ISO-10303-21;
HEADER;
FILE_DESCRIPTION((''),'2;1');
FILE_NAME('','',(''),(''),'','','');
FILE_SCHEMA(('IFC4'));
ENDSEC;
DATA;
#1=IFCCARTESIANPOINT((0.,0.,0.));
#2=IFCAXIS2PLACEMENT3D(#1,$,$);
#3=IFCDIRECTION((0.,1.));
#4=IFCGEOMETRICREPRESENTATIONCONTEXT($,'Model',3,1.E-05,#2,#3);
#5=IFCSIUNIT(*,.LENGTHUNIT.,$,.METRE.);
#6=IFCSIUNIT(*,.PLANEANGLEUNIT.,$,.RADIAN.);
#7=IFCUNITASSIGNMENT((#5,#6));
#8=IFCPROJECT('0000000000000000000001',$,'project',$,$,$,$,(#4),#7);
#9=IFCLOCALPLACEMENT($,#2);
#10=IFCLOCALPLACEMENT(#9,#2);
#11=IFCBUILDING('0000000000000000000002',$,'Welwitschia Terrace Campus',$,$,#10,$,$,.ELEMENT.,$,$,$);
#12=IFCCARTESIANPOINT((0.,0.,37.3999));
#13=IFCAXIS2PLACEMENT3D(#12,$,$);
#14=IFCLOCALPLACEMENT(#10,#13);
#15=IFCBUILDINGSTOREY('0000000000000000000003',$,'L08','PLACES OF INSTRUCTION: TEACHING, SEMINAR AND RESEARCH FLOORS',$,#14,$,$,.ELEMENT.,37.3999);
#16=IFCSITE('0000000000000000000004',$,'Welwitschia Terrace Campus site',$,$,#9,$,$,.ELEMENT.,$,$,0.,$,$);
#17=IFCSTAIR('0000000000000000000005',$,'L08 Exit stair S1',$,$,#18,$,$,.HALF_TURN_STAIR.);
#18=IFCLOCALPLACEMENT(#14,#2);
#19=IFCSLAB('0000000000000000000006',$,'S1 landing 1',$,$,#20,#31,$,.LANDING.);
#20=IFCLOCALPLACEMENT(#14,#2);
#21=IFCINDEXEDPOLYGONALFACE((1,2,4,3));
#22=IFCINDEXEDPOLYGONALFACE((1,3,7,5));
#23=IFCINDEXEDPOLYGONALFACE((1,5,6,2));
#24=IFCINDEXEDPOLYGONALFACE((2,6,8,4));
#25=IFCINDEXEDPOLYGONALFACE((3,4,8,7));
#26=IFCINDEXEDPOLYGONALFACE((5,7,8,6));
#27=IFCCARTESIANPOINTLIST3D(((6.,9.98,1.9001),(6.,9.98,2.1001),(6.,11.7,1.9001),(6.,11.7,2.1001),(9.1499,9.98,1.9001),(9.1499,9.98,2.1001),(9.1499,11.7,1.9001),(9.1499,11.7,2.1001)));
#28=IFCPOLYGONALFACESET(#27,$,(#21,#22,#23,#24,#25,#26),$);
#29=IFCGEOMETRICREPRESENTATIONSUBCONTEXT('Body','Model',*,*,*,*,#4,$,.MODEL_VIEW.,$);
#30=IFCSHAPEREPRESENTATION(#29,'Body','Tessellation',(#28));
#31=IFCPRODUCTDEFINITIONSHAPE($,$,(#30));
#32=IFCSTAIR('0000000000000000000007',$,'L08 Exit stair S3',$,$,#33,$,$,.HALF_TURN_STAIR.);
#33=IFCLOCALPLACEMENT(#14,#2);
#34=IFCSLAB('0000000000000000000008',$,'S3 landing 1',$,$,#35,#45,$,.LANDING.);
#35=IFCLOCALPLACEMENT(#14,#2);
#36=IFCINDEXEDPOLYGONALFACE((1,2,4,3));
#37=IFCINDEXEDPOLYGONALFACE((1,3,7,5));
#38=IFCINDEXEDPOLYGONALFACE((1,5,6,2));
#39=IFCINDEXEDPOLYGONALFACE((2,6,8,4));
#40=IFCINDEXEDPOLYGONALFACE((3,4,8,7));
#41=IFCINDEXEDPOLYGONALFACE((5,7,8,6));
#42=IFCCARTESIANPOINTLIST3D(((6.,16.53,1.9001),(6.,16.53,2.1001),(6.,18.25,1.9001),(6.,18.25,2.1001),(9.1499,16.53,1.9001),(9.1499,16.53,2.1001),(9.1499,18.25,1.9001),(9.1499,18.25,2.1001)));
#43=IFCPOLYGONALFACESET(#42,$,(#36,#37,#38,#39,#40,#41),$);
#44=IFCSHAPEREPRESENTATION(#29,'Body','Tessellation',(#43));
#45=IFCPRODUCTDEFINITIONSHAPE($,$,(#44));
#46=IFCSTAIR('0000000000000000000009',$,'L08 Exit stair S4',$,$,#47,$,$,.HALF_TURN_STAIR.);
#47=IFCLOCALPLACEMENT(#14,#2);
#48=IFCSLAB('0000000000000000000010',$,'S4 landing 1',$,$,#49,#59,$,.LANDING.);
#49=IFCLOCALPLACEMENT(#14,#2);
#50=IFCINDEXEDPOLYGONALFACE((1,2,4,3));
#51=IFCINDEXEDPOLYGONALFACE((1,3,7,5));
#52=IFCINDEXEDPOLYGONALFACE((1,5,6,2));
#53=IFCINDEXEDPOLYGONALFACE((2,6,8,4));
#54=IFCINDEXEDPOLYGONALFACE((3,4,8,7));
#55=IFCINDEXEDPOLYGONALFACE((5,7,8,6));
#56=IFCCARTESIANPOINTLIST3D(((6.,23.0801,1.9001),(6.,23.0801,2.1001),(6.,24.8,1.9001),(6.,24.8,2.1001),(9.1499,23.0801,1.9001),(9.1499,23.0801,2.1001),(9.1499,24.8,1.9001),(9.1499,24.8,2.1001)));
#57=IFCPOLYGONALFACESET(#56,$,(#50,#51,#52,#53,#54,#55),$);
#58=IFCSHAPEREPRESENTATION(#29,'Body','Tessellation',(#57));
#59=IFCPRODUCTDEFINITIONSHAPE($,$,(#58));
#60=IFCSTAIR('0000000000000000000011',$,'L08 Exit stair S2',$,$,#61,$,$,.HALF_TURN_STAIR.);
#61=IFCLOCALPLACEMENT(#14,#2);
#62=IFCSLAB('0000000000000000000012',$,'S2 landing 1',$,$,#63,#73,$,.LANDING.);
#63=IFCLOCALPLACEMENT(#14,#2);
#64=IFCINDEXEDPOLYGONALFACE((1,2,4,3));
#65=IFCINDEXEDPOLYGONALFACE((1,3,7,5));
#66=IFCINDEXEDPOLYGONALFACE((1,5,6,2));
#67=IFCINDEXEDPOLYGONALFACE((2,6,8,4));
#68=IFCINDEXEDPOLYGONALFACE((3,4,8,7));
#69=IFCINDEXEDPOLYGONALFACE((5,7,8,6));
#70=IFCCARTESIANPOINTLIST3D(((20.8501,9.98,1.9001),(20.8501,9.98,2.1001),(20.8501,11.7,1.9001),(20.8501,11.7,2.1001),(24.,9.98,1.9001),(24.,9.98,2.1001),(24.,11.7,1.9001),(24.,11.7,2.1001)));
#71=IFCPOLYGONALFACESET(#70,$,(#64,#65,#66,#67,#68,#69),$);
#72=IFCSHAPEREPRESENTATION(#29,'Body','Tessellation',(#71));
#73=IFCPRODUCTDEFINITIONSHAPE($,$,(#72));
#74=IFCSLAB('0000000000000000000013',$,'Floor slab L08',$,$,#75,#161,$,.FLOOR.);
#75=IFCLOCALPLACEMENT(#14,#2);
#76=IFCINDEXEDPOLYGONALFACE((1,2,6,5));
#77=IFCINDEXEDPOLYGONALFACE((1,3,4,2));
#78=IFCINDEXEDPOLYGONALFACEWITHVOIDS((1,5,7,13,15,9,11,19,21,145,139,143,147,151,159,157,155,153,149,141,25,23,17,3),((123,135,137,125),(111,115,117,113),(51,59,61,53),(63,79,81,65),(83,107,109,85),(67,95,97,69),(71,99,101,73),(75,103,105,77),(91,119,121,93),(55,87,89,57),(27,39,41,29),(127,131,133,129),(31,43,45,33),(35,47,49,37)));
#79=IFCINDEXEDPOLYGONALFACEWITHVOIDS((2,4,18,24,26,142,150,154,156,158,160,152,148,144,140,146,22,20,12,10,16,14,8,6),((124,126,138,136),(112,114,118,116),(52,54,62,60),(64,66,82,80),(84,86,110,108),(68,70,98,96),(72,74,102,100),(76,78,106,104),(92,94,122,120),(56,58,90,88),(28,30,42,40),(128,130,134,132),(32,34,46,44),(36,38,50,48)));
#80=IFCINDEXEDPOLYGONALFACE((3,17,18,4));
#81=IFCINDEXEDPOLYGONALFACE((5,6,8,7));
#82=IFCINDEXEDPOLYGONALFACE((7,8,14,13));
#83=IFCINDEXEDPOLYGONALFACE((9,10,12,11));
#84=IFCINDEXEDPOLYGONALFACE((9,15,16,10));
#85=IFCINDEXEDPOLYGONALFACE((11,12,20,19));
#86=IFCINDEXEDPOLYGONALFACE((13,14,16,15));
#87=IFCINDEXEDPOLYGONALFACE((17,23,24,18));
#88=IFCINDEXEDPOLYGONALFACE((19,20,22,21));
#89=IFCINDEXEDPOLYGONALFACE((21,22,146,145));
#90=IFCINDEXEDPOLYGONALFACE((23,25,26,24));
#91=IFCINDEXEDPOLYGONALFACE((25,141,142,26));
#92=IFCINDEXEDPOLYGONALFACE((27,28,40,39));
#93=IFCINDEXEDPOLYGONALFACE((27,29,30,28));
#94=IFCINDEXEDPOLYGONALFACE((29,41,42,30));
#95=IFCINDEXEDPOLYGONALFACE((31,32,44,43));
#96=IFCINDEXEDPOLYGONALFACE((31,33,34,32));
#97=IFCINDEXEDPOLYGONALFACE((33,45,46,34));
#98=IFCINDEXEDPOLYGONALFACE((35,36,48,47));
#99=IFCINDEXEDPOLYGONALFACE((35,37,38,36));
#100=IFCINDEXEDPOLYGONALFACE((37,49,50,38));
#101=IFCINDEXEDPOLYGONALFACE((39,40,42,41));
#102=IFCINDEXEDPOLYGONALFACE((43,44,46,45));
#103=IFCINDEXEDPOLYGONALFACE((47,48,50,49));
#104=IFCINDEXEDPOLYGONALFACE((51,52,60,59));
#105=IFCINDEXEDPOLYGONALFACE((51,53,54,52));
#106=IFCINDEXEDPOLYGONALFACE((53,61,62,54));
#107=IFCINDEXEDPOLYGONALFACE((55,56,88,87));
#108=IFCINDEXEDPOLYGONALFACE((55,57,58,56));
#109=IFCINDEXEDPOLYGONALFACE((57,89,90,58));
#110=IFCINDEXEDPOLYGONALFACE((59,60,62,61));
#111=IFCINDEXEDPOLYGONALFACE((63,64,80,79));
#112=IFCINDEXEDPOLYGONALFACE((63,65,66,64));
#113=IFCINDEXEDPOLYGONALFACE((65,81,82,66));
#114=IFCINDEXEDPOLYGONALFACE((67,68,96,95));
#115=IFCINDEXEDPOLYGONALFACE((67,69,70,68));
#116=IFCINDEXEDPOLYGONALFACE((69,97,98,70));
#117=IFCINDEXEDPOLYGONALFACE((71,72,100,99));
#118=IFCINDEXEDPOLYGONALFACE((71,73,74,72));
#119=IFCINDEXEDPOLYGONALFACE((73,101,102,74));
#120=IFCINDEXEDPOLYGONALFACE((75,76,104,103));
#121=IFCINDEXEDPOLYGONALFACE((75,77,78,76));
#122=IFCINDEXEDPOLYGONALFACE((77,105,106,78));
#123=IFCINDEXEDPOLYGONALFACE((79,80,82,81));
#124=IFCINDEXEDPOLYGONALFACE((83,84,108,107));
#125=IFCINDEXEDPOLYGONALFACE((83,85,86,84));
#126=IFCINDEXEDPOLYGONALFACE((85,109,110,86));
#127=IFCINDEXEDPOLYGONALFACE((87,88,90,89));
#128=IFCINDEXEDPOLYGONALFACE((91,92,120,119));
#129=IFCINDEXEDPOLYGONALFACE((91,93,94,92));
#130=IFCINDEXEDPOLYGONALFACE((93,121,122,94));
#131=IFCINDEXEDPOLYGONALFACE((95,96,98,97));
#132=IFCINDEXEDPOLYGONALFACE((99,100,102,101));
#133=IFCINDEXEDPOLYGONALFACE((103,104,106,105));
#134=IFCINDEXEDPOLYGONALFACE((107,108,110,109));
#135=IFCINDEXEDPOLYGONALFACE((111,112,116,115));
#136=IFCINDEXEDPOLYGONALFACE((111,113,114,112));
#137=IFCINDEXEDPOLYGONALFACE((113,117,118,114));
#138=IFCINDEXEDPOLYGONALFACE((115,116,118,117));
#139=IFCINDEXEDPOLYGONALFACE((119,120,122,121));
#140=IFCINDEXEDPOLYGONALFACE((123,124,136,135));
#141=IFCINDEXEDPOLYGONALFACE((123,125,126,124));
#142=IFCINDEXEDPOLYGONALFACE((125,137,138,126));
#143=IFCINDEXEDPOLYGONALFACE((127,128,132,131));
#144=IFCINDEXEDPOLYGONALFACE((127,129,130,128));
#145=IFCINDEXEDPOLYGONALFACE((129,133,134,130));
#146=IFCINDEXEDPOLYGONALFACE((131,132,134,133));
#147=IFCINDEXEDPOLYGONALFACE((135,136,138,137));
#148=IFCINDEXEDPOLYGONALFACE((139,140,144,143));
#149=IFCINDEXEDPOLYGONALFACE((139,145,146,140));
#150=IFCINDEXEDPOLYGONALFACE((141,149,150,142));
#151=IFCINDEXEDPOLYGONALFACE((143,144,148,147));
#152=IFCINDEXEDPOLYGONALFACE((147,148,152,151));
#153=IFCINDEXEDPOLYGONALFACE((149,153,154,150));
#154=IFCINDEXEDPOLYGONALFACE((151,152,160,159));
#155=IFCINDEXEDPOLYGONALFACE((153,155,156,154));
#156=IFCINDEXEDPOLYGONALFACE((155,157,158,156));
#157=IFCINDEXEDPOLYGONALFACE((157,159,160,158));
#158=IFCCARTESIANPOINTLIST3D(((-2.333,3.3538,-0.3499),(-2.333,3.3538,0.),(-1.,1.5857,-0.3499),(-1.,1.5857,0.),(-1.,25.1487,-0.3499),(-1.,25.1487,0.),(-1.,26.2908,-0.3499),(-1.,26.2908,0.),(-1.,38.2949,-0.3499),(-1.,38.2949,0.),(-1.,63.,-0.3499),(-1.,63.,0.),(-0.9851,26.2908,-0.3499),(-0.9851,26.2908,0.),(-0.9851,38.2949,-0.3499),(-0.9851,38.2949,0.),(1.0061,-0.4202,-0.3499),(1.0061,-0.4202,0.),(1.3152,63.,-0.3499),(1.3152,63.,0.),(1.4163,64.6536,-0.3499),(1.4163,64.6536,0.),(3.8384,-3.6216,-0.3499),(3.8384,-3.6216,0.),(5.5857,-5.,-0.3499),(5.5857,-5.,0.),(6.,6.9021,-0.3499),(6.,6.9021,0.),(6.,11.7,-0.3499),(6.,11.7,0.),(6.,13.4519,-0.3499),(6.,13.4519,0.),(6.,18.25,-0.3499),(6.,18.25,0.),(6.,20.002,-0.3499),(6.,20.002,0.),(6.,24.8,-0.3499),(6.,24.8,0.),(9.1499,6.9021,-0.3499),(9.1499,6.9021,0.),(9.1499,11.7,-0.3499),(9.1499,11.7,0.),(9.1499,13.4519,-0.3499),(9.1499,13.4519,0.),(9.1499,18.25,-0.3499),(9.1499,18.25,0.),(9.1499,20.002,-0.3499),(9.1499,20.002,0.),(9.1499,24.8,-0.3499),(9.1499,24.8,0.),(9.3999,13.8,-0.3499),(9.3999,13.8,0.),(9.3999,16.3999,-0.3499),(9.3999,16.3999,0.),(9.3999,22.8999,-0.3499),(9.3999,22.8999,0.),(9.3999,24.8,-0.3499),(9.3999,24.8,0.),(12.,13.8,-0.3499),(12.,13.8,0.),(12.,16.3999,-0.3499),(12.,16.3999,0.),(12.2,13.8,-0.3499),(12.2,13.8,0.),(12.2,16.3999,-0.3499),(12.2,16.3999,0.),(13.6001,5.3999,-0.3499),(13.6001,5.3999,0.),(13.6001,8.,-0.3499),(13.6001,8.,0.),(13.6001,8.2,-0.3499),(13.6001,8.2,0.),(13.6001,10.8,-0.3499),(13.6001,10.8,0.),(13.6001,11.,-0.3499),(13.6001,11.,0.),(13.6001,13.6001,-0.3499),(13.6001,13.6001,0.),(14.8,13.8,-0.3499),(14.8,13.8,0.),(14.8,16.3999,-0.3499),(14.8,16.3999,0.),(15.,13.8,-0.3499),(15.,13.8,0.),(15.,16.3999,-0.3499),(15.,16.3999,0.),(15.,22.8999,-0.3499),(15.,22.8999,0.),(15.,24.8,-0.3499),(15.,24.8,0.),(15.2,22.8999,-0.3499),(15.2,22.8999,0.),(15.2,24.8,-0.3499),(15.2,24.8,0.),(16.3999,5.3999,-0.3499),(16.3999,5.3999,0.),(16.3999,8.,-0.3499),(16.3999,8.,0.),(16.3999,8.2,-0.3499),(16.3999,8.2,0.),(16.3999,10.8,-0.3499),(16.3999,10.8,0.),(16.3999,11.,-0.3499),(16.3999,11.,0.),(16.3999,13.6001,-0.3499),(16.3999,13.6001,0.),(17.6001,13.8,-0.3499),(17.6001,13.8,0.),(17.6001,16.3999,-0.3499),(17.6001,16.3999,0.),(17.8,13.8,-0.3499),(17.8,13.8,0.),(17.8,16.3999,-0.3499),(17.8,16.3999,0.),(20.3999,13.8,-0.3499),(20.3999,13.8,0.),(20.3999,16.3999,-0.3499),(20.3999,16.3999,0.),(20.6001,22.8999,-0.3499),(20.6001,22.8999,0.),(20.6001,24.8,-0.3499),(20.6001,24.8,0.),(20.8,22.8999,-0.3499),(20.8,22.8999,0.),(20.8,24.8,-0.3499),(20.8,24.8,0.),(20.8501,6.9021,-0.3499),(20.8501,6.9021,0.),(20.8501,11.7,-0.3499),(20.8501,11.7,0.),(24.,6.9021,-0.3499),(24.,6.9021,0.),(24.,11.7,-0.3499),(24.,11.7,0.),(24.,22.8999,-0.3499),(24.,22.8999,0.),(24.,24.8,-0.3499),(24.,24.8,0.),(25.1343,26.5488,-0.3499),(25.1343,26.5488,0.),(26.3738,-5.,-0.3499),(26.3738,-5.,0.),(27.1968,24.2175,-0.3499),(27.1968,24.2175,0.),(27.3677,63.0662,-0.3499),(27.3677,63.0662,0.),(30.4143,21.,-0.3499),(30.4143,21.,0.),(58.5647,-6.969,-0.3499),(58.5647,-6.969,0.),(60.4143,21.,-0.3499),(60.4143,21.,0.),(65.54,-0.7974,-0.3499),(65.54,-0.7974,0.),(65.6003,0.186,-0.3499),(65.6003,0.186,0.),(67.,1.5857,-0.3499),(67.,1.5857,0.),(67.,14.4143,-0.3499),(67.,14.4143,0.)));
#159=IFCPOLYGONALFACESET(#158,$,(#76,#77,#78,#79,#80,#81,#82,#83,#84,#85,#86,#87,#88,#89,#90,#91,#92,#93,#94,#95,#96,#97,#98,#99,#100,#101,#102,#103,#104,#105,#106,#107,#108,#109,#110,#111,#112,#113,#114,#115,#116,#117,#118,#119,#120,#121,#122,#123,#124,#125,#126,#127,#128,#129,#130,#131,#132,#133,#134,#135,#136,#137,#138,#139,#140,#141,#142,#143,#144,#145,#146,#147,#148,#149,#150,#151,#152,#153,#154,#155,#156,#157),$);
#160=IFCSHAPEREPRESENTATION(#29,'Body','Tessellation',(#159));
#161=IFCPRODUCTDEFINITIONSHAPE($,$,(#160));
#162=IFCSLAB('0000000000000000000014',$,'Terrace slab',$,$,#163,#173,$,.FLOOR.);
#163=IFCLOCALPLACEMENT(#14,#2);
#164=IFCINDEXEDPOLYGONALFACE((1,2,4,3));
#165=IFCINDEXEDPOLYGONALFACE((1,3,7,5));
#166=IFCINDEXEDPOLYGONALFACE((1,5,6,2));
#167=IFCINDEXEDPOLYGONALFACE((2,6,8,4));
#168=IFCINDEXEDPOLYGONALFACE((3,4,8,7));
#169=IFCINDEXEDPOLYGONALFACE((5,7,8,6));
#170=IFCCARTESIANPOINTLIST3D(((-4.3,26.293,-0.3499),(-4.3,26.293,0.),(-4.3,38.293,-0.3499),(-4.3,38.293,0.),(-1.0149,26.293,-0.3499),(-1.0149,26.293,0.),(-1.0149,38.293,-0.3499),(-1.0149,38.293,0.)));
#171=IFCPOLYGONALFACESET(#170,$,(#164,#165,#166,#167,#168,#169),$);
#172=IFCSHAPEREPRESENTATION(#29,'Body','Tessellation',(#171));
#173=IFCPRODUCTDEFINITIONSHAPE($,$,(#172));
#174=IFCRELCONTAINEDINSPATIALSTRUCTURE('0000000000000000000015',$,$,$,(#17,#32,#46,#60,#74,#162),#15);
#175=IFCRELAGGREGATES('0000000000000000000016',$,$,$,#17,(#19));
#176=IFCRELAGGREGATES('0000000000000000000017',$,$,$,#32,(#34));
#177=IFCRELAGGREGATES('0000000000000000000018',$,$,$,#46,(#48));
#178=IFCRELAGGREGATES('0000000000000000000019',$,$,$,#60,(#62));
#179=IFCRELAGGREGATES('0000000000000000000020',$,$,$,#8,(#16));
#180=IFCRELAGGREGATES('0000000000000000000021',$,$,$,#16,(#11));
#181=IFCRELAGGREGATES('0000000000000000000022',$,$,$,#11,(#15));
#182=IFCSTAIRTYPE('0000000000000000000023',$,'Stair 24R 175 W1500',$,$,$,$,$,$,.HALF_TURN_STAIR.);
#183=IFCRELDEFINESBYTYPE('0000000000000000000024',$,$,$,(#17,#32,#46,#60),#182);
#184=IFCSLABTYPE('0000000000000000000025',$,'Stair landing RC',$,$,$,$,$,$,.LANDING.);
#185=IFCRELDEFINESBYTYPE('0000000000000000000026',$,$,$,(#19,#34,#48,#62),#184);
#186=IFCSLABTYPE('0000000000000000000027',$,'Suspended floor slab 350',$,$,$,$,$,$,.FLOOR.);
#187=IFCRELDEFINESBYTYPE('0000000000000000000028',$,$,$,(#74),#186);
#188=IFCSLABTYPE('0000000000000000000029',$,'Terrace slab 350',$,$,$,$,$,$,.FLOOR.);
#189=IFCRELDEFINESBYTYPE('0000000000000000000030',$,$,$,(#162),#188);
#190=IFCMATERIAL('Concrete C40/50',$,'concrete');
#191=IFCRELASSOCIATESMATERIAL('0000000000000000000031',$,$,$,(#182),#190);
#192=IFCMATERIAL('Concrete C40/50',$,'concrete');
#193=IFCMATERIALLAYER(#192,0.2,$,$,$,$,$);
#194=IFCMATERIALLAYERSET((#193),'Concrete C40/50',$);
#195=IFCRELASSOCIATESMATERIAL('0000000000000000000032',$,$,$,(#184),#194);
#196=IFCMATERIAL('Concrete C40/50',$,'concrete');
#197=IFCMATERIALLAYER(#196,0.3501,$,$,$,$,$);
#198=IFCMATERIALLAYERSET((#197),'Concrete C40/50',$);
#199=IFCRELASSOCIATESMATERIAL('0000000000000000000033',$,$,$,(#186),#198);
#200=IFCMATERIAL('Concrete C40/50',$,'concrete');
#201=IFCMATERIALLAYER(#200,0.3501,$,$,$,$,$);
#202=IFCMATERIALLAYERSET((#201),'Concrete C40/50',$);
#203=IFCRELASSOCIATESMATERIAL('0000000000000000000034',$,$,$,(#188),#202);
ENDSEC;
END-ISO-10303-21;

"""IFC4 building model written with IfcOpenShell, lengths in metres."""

from ifc_helpers import new_model, si_unit, direction, frame, origin, place, context, subcontext, project, spatial, polyline, outline, extrude, material, layer, layer_set, type_object, element, aggregate, save


model = new_model("IFC4")

# Units and contexts
model_context = context("Model", 3, precision=1e-05, world=origin(), true_north=direction((0.0, 1.0)))
body_context = subcontext(model_context, "Body", "Model", "MODEL_VIEW")
ifc_project = project(units=[si_unit("LENGTHUNIT", "METRE"), si_unit("PLANEANGLEUNIT", "RADIAN")], contexts=[model_context])

# Site, building, storey
site_placement = place(None, origin())
site = spatial("IfcSite", under=ifc_project, at=site_placement, Name="Welwitschia Terrace Campus site", CompositionType="ELEMENT", RefElevation=0.0)
building_placement = place(site_placement, origin())
building = spatial("IfcBuilding", under=site, at=building_placement, Name="Welwitschia Terrace Campus", CompositionType="ELEMENT")
storey_placement = place(building_placement, frame((0.0, 0.0, 37.3999)))
storey = spatial("IfcBuildingStorey", under=building, at=storey_placement, Name="L08", Description="PLACES OF INSTRUCTION: TEACHING, SEMINAR AND RESEARCH FLOORS", CompositionType="ELEMENT", Elevation=37.3999)

# Stairs, slabs
ifc_material_1 = material(Name="Concrete C40/50", Category="concrete")
stair_type = type_object("IfcStairType", Name="Stair 24R 175 W1500", PredefinedType="HALF_TURN_STAIR", material=ifc_material_1)
stair_1_placement = place(storey_placement, origin())
stair_1 = element("IfcStair", 1, at=stair_1_placement, inside=storey, type_object=stair_type, Name="L08 Exit stair S1", PredefinedType="HALF_TURN_STAIR")
ifc_material_2 = material(Name="Concrete C40/50", Category="concrete")
ifc_layer_1 = layer(ifc_material_2, 0.2)
ifc_layer_set_1 = layer_set([ifc_layer_1], Name="Concrete C40/50")
slab_type_1 = type_object("IfcSlabType", Name="Stair landing RC", PredefinedType="LANDING", material=ifc_layer_set_1)
slab_1_placement = place(storey_placement, frame((0.0, 0.0, 1.9001)))
slab_1 = element("IfcSlab", 2, at=slab_1_placement, type_object=slab_type_1, Name="S1 landing 1", PredefinedType="LANDING", context=body_context, shape_type="SweptSolid", body=[
    extrude(outline(polyline([(9.1499, 9.98), (9.1499, 11.7), (6.0, 11.7), (6.0, 9.98), (9.1499, 9.98)])), origin(), (0.0, 0.0, 1.0), 0.2),
])
aggregate(stair_1, [slab_1])
stair_2_placement = place(storey_placement, origin())
stair_2 = element("IfcStair", 3, at=stair_2_placement, inside=storey, type_object=stair_type, Name="L08 Exit stair S3", PredefinedType="HALF_TURN_STAIR")
slab_2_placement = place(storey_placement, frame((0.0, 0.0, 1.9001)))
slab_2 = element("IfcSlab", 4, at=slab_2_placement, type_object=slab_type_1, Name="S3 landing 1", PredefinedType="LANDING", context=body_context, shape_type="SweptSolid", body=[
    extrude(outline(polyline([(9.1499, 16.53), (9.1499, 18.25), (6.0, 18.25), (6.0, 16.53), (9.1499, 16.53)])), origin(), (0.0, 0.0, 1.0), 0.2),
])
aggregate(stair_2, [slab_2])
stair_3_placement = place(storey_placement, origin())
stair_3 = element("IfcStair", 5, at=stair_3_placement, inside=storey, type_object=stair_type, Name="L08 Exit stair S4", PredefinedType="HALF_TURN_STAIR")
slab_3_placement = place(storey_placement, frame((0.0, 0.0, 1.9001)))
slab_3 = element("IfcSlab", 6, at=slab_3_placement, type_object=slab_type_1, Name="S4 landing 1", PredefinedType="LANDING", context=body_context, shape_type="SweptSolid", body=[
    extrude(outline(polyline([(9.1499, 23.0801), (9.1499, 24.8), (6.0, 24.8), (6.0, 23.0801), (9.1499, 23.0801)])), origin(), (0.0, 0.0, 1.0), 0.2),
])
aggregate(stair_3, [slab_3])
stair_4_placement = place(storey_placement, origin())
stair_4 = element("IfcStair", 7, at=stair_4_placement, inside=storey, type_object=stair_type, Name="L08 Exit stair S2", PredefinedType="HALF_TURN_STAIR")
slab_4_placement = place(storey_placement, frame((0.0, 0.0, 1.9001)))
slab_4 = element("IfcSlab", 8, at=slab_4_placement, type_object=slab_type_1, Name="S2 landing 1", PredefinedType="LANDING", context=body_context, shape_type="SweptSolid", body=[
    extrude(outline(polyline([(24.0, 9.98), (24.0, 11.7), (20.8501, 11.7), (20.8501, 9.98), (24.0, 9.98)])), origin(), (0.0, 0.0, 1.0), 0.2),
])
aggregate(stair_4, [slab_4])

# Slabs
ifc_material_3 = material(Name="Concrete C40/50", Category="concrete")
ifc_layer_2 = layer(ifc_material_3, 0.3501)
ifc_layer_set_2 = layer_set([ifc_layer_2], Name="Concrete C40/50")
slab_type_2 = type_object("IfcSlabType", Name="Suspended floor slab 350", PredefinedType="FLOOR", material=ifc_layer_set_2)
slab_5_placement = place(storey_placement, frame((0.0, 0.0, -0.3499)))
element("IfcSlab", 9, at=slab_5_placement, inside=storey, type_object=slab_type_2, Name="Floor slab L08", PredefinedType="FLOOR", context=body_context, shape_type="SweptSolid", body=[
    extrude(outline(polyline([(1.3152, 63.0), (1.4163, 64.6536), (27.3677, 63.0662), (25.1343, 26.5488), (27.1968, 24.2175), (30.4143, 21.0), (60.4143, 21.0), (67.0, 14.4143), (67.0, 1.5857), (65.6003, 0.186), (65.54, -0.7974), (58.5647, -6.969), (26.3738, -5.0), (5.5857, -5.0), (3.8384, -3.6216), (1.0061, -0.4202), (-1.0, 1.5857), (-2.333, 3.3538), (-1.0, 25.1487), (-1.0, 26.2908), (-0.9851, 26.2908), (-0.9851, 38.2949), (-1.0, 38.2949), (-1.0, 63.0), (1.3152, 63.0)]), holes=[polyline([(13.6001, 5.3999), (16.3999, 5.3999), (16.3999, 8.0), (13.6001, 8.0), (13.6001, 5.3999)]), polyline([(6.0, 11.7), (6.0, 6.9021), (9.1499, 6.9021), (9.1499, 11.7), (6.0, 11.7)]), polyline([(9.3999, 16.3999), (9.3999, 13.8), (12.0, 13.8), (12.0, 16.3999), (9.3999, 16.3999)]), polyline([(12.2, 16.3999), (12.2, 13.8), (14.8, 13.8), (14.8, 16.3999), (12.2, 16.3999)]), polyline([(6.0, 18.25), (6.0, 13.4519), (9.1499, 13.4519), (9.1499, 18.25), (6.0, 18.25)]), polyline([(6.0, 24.8), (6.0, 20.002), (9.1499, 20.002), (9.1499, 24.8), (6.0, 24.8)]), polyline([(9.3999, 24.8), (9.3999, 22.8999), (15.0, 22.8999), (15.0, 24.8), (9.3999, 24.8)]), polyline([(20.8501, 6.9021), (24.0, 6.9021), (24.0, 11.7), (20.8501, 11.7), (20.8501, 6.9021)]), polyline([(13.6001, 10.8), (13.6001, 8.2), (16.3999, 8.2), (16.3999, 10.8), (13.6001, 10.8)]), polyline([(13.6001, 13.6001), (13.6001, 11.0), (16.3999, 11.0), (16.3999, 13.6001), (13.6001, 13.6001)]), polyline([(15.0, 16.3999), (15.0, 13.8), (17.6001, 13.8), (17.6001, 16.3999), (15.0, 16.3999)]), polyline([(17.8, 16.3999), (17.8, 13.8), (20.3999, 13.8), (20.3999, 16.3999), (17.8, 16.3999)]), polyline([(15.2, 24.8), (15.2, 22.8999), (20.6001, 22.8999), (20.6001, 24.8), (15.2, 24.8)]), polyline([(20.8, 24.8), (20.8, 22.8999), (24.0, 22.8999), (24.0, 24.8), (20.8, 24.8)])]), origin(), (0.0, 0.0, 1.0), 0.3499),
])
ifc_material_4 = material(Name="Concrete C40/50", Category="concrete")
ifc_layer_3 = layer(ifc_material_4, 0.3501)
ifc_layer_set_3 = layer_set([ifc_layer_3], Name="Concrete C40/50")
slab_type_3 = type_object("IfcSlabType", Name="Terrace slab 350", PredefinedType="FLOOR", material=ifc_layer_set_3)
slab_6_placement = place(storey_placement, frame((0.0, 0.0, -0.3499)))
element("IfcSlab", 10, at=slab_6_placement, inside=storey, type_object=slab_type_3, Name="Terrace slab", PredefinedType="FLOOR", context=body_context, shape_type="SweptSolid", body=[
    extrude(outline(polyline([(-4.3, 26.293), (-4.3, 38.293), (-1.0149, 38.293), (-1.0149, 26.293), (-4.3, 26.293)])), origin(), (0.0, 0.0, 1.0), 0.3499),
])

save(model, "model.ifc")
